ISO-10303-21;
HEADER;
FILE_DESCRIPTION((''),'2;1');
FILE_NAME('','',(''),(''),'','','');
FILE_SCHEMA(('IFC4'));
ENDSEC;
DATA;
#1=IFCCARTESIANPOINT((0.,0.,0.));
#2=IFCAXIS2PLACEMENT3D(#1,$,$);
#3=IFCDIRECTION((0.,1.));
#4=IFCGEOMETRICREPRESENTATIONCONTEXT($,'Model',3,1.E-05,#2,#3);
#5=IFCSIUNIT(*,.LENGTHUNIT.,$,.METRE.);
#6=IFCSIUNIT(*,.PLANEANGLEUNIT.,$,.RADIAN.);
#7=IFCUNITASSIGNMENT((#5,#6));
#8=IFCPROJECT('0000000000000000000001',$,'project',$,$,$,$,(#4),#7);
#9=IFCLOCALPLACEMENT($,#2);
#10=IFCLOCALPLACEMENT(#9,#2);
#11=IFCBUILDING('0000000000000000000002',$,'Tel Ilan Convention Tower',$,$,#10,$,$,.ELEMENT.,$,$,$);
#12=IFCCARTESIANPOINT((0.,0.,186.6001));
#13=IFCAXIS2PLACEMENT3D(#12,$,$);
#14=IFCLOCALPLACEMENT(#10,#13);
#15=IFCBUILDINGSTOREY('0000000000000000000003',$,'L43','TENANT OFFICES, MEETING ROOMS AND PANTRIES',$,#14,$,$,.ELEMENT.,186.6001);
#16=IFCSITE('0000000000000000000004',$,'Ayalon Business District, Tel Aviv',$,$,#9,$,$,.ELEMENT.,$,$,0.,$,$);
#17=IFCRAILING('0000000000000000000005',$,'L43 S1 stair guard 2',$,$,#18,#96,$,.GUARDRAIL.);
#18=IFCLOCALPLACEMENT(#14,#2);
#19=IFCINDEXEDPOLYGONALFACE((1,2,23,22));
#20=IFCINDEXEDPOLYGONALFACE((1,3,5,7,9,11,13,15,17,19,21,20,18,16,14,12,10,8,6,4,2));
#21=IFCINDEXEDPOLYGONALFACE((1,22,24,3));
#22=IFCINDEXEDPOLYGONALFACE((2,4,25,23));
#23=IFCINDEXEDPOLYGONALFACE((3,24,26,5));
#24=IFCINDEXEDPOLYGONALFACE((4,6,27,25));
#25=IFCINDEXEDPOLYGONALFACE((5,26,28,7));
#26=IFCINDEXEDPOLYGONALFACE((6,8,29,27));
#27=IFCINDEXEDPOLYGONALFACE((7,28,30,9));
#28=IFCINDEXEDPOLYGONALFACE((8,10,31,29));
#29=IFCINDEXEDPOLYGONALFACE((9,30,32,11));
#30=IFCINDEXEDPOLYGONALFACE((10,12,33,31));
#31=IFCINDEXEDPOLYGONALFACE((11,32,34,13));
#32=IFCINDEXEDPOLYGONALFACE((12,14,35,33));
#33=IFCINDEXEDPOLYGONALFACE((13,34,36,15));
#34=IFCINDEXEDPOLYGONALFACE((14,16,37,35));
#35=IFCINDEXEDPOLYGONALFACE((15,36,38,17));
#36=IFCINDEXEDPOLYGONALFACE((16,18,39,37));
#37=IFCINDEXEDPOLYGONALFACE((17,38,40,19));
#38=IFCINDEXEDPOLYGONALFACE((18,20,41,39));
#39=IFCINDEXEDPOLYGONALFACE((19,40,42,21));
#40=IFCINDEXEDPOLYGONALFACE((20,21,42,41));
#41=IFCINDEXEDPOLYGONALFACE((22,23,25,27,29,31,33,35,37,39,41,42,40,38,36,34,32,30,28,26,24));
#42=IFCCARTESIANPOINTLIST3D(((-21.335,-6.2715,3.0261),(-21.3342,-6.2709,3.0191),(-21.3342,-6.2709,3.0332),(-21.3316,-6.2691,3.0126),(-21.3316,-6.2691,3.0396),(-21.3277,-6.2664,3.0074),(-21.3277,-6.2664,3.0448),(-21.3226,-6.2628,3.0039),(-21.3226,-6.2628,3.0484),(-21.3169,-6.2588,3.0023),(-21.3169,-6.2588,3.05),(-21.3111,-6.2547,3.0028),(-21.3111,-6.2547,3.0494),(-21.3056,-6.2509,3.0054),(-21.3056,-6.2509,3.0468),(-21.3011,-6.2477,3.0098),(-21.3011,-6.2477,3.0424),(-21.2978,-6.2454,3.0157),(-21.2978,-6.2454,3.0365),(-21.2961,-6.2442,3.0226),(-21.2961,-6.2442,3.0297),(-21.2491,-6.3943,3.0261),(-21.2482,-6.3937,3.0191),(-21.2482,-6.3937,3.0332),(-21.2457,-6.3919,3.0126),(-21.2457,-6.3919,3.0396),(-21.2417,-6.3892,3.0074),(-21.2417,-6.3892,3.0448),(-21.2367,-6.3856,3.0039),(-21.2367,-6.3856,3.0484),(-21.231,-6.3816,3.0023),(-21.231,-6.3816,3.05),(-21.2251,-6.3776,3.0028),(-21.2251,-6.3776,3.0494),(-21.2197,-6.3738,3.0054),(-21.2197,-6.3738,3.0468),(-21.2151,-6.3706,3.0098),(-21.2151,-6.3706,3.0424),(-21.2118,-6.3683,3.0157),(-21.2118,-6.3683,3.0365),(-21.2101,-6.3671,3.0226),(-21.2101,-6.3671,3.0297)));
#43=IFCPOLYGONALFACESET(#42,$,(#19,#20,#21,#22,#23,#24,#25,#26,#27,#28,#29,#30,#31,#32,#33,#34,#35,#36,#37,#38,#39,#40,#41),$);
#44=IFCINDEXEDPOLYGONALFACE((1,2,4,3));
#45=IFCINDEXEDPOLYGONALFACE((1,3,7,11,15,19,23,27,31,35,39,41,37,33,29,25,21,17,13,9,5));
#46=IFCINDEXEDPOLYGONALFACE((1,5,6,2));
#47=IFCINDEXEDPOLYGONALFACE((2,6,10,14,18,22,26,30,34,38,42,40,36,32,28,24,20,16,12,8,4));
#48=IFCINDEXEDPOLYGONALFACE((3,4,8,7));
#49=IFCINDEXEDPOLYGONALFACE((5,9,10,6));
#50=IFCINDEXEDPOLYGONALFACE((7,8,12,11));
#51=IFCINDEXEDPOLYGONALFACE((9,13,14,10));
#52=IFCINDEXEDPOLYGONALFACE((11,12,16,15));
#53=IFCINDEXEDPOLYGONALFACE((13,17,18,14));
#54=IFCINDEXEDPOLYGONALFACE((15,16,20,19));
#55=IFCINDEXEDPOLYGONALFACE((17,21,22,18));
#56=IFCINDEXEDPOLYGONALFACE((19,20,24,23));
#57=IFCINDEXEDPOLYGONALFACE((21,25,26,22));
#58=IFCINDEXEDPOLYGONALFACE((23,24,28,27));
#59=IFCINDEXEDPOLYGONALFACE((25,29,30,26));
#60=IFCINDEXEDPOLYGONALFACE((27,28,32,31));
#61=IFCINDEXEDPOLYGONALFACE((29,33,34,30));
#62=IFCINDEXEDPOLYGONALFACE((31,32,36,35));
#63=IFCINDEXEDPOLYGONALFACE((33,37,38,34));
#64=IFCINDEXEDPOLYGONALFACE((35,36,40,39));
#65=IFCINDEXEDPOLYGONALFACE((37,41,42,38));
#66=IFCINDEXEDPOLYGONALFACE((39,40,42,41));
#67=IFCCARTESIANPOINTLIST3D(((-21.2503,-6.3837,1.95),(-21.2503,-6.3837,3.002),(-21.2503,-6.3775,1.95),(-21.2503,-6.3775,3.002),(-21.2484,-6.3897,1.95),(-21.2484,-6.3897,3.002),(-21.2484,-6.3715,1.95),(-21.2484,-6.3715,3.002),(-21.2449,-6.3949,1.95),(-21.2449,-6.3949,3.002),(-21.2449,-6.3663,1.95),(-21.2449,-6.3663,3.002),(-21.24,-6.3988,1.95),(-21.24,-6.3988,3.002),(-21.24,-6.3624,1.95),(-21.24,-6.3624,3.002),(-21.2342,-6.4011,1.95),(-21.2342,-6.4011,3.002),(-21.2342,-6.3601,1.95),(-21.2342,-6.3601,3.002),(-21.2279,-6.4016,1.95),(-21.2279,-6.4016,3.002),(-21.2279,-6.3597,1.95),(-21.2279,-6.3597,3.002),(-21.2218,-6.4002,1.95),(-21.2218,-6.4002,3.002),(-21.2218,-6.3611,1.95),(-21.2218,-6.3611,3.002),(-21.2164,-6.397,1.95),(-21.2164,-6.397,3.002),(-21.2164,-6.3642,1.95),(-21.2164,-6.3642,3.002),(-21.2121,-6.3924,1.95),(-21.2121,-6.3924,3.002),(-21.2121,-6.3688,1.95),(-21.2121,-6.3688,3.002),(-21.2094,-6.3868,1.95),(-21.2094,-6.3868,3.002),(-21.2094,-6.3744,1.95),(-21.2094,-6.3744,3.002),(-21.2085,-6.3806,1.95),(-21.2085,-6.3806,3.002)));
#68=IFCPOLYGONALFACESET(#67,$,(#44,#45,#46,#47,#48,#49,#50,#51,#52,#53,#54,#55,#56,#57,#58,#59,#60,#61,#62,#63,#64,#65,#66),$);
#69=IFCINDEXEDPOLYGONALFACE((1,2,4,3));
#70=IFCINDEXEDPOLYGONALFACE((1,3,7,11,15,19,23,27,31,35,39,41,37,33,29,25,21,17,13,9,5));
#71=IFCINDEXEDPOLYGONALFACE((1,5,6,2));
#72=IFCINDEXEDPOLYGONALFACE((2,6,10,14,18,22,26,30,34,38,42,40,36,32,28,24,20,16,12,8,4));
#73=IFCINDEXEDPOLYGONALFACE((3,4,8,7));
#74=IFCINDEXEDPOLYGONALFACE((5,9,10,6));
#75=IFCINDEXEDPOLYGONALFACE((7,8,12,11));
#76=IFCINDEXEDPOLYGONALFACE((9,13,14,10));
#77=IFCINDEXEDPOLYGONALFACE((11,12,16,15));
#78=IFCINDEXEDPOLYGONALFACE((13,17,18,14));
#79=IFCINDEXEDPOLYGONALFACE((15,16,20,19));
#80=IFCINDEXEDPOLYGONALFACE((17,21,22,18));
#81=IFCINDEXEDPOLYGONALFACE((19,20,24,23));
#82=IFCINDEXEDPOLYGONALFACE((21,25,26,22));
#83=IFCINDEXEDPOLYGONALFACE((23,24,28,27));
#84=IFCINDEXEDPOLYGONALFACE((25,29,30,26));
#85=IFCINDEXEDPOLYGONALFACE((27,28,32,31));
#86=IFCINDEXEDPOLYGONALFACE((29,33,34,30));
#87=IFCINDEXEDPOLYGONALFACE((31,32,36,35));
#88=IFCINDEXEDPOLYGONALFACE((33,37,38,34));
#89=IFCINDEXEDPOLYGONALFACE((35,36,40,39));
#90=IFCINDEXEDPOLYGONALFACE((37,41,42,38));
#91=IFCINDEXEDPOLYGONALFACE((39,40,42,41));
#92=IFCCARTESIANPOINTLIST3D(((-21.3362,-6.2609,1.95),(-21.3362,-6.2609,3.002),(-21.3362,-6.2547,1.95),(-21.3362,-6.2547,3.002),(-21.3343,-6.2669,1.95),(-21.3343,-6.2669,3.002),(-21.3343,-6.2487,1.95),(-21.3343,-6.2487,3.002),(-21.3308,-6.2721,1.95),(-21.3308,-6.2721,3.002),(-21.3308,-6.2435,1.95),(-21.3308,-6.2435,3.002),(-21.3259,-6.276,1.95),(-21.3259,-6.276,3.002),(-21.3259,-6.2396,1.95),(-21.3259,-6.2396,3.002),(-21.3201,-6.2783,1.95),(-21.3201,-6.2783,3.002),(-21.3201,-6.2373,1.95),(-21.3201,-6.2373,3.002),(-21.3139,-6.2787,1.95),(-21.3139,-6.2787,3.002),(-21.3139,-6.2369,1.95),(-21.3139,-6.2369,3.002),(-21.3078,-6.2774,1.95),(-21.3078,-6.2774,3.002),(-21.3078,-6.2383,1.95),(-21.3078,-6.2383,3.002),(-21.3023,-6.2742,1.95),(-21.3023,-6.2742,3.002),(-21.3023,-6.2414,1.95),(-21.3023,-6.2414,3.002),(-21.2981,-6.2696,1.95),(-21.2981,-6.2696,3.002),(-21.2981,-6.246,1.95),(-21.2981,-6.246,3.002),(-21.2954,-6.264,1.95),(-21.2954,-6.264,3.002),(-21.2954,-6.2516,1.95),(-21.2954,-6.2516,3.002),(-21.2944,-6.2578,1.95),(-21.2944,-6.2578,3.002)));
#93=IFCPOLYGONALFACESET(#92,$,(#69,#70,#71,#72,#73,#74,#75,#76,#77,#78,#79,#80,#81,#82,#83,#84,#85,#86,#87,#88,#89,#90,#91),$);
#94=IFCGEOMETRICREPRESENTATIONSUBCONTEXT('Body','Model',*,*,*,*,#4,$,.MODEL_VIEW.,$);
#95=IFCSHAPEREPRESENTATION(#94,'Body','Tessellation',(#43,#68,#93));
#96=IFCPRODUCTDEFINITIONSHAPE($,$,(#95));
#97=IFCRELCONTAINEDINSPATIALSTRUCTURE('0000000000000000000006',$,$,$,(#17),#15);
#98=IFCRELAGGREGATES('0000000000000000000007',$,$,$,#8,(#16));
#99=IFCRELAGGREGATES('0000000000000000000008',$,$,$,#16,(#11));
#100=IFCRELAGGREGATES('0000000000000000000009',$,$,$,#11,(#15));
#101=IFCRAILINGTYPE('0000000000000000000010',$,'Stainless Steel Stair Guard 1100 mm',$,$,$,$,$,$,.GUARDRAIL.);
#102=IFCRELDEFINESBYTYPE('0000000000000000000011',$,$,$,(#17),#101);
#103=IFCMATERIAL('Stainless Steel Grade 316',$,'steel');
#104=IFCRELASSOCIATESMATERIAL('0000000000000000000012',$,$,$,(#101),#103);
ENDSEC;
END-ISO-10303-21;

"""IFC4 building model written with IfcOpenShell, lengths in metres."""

from ifc_helpers import new_model, si_unit, direction, frame, origin, origin_2d, place, context, subcontext, project, spatial, circle, extrude, material, type_object, element, save


model = new_model("IFC4")

# Units and contexts
model_context = context("Model", 3, precision=1e-05, world=origin(), true_north=direction((0.0, 1.0)))
body_context = subcontext(model_context, "Body", "Model", "MODEL_VIEW")
ifc_project = project(units=[si_unit("LENGTHUNIT", "METRE"), si_unit("PLANEANGLEUNIT", "RADIAN")], contexts=[model_context])

# Site, building, storey
site_placement = place(None, origin())
site = spatial("IfcSite", under=ifc_project, at=site_placement, Name="Ayalon Business District, Tel Aviv", CompositionType="ELEMENT", RefElevation=0.0)
building_placement = place(site_placement, origin())
building = spatial("IfcBuilding", under=site, at=building_placement, Name="Tel Ilan Convention Tower", CompositionType="ELEMENT")
storey_placement = place(building_placement, frame((0.0, 0.0, 186.6001)))
storey = spatial("IfcBuildingStorey", under=building, at=storey_placement, Name="L43", Description="TENANT OFFICES, MEETING ROOMS AND PANTRIES", CompositionType="ELEMENT", Elevation=186.6001)

# Railing
ifc_material_1 = material(Name="Stainless Steel Grade 316", Category="steel")
railing_type_1 = type_object("IfcRailingType", Name="Stainless Steel Stair Guard 1100 mm", PredefinedType="GUARDRAIL", material=ifc_material_1)
railing_1_placement = place(storey_placement, frame((-21.2295, -6.3806, 1.95)))
element("IfcRailing", 1, at=railing_1_placement, inside=storey, type_object=railing_type_1, Name="L43 S1 stair guard 2", PredefinedType="GUARDRAIL", context=body_context, shape_type="SweptSolid", body=[
    extrude(circle(Radius=0.0239, at=origin_2d()), frame((0.0, 0.0, 1.0762), z_axis=(-0.573353, 0.819308, 0.0), x_axis=(-0.819308, -0.573353, 0.0)), (0.0, 0.0, 1.0), 0.1499),
    extrude(circle(Radius=0.021, at=origin_2d()), origin(), (0.0, 0.0, 1.0), 1.052),
    extrude(circle(Radius=0.021, at=origin_2d()), frame((-0.0859, 0.1228, 0.0)), (0.0, 0.0, 1.0), 1.052),
])

save(model, "model.ifc")
